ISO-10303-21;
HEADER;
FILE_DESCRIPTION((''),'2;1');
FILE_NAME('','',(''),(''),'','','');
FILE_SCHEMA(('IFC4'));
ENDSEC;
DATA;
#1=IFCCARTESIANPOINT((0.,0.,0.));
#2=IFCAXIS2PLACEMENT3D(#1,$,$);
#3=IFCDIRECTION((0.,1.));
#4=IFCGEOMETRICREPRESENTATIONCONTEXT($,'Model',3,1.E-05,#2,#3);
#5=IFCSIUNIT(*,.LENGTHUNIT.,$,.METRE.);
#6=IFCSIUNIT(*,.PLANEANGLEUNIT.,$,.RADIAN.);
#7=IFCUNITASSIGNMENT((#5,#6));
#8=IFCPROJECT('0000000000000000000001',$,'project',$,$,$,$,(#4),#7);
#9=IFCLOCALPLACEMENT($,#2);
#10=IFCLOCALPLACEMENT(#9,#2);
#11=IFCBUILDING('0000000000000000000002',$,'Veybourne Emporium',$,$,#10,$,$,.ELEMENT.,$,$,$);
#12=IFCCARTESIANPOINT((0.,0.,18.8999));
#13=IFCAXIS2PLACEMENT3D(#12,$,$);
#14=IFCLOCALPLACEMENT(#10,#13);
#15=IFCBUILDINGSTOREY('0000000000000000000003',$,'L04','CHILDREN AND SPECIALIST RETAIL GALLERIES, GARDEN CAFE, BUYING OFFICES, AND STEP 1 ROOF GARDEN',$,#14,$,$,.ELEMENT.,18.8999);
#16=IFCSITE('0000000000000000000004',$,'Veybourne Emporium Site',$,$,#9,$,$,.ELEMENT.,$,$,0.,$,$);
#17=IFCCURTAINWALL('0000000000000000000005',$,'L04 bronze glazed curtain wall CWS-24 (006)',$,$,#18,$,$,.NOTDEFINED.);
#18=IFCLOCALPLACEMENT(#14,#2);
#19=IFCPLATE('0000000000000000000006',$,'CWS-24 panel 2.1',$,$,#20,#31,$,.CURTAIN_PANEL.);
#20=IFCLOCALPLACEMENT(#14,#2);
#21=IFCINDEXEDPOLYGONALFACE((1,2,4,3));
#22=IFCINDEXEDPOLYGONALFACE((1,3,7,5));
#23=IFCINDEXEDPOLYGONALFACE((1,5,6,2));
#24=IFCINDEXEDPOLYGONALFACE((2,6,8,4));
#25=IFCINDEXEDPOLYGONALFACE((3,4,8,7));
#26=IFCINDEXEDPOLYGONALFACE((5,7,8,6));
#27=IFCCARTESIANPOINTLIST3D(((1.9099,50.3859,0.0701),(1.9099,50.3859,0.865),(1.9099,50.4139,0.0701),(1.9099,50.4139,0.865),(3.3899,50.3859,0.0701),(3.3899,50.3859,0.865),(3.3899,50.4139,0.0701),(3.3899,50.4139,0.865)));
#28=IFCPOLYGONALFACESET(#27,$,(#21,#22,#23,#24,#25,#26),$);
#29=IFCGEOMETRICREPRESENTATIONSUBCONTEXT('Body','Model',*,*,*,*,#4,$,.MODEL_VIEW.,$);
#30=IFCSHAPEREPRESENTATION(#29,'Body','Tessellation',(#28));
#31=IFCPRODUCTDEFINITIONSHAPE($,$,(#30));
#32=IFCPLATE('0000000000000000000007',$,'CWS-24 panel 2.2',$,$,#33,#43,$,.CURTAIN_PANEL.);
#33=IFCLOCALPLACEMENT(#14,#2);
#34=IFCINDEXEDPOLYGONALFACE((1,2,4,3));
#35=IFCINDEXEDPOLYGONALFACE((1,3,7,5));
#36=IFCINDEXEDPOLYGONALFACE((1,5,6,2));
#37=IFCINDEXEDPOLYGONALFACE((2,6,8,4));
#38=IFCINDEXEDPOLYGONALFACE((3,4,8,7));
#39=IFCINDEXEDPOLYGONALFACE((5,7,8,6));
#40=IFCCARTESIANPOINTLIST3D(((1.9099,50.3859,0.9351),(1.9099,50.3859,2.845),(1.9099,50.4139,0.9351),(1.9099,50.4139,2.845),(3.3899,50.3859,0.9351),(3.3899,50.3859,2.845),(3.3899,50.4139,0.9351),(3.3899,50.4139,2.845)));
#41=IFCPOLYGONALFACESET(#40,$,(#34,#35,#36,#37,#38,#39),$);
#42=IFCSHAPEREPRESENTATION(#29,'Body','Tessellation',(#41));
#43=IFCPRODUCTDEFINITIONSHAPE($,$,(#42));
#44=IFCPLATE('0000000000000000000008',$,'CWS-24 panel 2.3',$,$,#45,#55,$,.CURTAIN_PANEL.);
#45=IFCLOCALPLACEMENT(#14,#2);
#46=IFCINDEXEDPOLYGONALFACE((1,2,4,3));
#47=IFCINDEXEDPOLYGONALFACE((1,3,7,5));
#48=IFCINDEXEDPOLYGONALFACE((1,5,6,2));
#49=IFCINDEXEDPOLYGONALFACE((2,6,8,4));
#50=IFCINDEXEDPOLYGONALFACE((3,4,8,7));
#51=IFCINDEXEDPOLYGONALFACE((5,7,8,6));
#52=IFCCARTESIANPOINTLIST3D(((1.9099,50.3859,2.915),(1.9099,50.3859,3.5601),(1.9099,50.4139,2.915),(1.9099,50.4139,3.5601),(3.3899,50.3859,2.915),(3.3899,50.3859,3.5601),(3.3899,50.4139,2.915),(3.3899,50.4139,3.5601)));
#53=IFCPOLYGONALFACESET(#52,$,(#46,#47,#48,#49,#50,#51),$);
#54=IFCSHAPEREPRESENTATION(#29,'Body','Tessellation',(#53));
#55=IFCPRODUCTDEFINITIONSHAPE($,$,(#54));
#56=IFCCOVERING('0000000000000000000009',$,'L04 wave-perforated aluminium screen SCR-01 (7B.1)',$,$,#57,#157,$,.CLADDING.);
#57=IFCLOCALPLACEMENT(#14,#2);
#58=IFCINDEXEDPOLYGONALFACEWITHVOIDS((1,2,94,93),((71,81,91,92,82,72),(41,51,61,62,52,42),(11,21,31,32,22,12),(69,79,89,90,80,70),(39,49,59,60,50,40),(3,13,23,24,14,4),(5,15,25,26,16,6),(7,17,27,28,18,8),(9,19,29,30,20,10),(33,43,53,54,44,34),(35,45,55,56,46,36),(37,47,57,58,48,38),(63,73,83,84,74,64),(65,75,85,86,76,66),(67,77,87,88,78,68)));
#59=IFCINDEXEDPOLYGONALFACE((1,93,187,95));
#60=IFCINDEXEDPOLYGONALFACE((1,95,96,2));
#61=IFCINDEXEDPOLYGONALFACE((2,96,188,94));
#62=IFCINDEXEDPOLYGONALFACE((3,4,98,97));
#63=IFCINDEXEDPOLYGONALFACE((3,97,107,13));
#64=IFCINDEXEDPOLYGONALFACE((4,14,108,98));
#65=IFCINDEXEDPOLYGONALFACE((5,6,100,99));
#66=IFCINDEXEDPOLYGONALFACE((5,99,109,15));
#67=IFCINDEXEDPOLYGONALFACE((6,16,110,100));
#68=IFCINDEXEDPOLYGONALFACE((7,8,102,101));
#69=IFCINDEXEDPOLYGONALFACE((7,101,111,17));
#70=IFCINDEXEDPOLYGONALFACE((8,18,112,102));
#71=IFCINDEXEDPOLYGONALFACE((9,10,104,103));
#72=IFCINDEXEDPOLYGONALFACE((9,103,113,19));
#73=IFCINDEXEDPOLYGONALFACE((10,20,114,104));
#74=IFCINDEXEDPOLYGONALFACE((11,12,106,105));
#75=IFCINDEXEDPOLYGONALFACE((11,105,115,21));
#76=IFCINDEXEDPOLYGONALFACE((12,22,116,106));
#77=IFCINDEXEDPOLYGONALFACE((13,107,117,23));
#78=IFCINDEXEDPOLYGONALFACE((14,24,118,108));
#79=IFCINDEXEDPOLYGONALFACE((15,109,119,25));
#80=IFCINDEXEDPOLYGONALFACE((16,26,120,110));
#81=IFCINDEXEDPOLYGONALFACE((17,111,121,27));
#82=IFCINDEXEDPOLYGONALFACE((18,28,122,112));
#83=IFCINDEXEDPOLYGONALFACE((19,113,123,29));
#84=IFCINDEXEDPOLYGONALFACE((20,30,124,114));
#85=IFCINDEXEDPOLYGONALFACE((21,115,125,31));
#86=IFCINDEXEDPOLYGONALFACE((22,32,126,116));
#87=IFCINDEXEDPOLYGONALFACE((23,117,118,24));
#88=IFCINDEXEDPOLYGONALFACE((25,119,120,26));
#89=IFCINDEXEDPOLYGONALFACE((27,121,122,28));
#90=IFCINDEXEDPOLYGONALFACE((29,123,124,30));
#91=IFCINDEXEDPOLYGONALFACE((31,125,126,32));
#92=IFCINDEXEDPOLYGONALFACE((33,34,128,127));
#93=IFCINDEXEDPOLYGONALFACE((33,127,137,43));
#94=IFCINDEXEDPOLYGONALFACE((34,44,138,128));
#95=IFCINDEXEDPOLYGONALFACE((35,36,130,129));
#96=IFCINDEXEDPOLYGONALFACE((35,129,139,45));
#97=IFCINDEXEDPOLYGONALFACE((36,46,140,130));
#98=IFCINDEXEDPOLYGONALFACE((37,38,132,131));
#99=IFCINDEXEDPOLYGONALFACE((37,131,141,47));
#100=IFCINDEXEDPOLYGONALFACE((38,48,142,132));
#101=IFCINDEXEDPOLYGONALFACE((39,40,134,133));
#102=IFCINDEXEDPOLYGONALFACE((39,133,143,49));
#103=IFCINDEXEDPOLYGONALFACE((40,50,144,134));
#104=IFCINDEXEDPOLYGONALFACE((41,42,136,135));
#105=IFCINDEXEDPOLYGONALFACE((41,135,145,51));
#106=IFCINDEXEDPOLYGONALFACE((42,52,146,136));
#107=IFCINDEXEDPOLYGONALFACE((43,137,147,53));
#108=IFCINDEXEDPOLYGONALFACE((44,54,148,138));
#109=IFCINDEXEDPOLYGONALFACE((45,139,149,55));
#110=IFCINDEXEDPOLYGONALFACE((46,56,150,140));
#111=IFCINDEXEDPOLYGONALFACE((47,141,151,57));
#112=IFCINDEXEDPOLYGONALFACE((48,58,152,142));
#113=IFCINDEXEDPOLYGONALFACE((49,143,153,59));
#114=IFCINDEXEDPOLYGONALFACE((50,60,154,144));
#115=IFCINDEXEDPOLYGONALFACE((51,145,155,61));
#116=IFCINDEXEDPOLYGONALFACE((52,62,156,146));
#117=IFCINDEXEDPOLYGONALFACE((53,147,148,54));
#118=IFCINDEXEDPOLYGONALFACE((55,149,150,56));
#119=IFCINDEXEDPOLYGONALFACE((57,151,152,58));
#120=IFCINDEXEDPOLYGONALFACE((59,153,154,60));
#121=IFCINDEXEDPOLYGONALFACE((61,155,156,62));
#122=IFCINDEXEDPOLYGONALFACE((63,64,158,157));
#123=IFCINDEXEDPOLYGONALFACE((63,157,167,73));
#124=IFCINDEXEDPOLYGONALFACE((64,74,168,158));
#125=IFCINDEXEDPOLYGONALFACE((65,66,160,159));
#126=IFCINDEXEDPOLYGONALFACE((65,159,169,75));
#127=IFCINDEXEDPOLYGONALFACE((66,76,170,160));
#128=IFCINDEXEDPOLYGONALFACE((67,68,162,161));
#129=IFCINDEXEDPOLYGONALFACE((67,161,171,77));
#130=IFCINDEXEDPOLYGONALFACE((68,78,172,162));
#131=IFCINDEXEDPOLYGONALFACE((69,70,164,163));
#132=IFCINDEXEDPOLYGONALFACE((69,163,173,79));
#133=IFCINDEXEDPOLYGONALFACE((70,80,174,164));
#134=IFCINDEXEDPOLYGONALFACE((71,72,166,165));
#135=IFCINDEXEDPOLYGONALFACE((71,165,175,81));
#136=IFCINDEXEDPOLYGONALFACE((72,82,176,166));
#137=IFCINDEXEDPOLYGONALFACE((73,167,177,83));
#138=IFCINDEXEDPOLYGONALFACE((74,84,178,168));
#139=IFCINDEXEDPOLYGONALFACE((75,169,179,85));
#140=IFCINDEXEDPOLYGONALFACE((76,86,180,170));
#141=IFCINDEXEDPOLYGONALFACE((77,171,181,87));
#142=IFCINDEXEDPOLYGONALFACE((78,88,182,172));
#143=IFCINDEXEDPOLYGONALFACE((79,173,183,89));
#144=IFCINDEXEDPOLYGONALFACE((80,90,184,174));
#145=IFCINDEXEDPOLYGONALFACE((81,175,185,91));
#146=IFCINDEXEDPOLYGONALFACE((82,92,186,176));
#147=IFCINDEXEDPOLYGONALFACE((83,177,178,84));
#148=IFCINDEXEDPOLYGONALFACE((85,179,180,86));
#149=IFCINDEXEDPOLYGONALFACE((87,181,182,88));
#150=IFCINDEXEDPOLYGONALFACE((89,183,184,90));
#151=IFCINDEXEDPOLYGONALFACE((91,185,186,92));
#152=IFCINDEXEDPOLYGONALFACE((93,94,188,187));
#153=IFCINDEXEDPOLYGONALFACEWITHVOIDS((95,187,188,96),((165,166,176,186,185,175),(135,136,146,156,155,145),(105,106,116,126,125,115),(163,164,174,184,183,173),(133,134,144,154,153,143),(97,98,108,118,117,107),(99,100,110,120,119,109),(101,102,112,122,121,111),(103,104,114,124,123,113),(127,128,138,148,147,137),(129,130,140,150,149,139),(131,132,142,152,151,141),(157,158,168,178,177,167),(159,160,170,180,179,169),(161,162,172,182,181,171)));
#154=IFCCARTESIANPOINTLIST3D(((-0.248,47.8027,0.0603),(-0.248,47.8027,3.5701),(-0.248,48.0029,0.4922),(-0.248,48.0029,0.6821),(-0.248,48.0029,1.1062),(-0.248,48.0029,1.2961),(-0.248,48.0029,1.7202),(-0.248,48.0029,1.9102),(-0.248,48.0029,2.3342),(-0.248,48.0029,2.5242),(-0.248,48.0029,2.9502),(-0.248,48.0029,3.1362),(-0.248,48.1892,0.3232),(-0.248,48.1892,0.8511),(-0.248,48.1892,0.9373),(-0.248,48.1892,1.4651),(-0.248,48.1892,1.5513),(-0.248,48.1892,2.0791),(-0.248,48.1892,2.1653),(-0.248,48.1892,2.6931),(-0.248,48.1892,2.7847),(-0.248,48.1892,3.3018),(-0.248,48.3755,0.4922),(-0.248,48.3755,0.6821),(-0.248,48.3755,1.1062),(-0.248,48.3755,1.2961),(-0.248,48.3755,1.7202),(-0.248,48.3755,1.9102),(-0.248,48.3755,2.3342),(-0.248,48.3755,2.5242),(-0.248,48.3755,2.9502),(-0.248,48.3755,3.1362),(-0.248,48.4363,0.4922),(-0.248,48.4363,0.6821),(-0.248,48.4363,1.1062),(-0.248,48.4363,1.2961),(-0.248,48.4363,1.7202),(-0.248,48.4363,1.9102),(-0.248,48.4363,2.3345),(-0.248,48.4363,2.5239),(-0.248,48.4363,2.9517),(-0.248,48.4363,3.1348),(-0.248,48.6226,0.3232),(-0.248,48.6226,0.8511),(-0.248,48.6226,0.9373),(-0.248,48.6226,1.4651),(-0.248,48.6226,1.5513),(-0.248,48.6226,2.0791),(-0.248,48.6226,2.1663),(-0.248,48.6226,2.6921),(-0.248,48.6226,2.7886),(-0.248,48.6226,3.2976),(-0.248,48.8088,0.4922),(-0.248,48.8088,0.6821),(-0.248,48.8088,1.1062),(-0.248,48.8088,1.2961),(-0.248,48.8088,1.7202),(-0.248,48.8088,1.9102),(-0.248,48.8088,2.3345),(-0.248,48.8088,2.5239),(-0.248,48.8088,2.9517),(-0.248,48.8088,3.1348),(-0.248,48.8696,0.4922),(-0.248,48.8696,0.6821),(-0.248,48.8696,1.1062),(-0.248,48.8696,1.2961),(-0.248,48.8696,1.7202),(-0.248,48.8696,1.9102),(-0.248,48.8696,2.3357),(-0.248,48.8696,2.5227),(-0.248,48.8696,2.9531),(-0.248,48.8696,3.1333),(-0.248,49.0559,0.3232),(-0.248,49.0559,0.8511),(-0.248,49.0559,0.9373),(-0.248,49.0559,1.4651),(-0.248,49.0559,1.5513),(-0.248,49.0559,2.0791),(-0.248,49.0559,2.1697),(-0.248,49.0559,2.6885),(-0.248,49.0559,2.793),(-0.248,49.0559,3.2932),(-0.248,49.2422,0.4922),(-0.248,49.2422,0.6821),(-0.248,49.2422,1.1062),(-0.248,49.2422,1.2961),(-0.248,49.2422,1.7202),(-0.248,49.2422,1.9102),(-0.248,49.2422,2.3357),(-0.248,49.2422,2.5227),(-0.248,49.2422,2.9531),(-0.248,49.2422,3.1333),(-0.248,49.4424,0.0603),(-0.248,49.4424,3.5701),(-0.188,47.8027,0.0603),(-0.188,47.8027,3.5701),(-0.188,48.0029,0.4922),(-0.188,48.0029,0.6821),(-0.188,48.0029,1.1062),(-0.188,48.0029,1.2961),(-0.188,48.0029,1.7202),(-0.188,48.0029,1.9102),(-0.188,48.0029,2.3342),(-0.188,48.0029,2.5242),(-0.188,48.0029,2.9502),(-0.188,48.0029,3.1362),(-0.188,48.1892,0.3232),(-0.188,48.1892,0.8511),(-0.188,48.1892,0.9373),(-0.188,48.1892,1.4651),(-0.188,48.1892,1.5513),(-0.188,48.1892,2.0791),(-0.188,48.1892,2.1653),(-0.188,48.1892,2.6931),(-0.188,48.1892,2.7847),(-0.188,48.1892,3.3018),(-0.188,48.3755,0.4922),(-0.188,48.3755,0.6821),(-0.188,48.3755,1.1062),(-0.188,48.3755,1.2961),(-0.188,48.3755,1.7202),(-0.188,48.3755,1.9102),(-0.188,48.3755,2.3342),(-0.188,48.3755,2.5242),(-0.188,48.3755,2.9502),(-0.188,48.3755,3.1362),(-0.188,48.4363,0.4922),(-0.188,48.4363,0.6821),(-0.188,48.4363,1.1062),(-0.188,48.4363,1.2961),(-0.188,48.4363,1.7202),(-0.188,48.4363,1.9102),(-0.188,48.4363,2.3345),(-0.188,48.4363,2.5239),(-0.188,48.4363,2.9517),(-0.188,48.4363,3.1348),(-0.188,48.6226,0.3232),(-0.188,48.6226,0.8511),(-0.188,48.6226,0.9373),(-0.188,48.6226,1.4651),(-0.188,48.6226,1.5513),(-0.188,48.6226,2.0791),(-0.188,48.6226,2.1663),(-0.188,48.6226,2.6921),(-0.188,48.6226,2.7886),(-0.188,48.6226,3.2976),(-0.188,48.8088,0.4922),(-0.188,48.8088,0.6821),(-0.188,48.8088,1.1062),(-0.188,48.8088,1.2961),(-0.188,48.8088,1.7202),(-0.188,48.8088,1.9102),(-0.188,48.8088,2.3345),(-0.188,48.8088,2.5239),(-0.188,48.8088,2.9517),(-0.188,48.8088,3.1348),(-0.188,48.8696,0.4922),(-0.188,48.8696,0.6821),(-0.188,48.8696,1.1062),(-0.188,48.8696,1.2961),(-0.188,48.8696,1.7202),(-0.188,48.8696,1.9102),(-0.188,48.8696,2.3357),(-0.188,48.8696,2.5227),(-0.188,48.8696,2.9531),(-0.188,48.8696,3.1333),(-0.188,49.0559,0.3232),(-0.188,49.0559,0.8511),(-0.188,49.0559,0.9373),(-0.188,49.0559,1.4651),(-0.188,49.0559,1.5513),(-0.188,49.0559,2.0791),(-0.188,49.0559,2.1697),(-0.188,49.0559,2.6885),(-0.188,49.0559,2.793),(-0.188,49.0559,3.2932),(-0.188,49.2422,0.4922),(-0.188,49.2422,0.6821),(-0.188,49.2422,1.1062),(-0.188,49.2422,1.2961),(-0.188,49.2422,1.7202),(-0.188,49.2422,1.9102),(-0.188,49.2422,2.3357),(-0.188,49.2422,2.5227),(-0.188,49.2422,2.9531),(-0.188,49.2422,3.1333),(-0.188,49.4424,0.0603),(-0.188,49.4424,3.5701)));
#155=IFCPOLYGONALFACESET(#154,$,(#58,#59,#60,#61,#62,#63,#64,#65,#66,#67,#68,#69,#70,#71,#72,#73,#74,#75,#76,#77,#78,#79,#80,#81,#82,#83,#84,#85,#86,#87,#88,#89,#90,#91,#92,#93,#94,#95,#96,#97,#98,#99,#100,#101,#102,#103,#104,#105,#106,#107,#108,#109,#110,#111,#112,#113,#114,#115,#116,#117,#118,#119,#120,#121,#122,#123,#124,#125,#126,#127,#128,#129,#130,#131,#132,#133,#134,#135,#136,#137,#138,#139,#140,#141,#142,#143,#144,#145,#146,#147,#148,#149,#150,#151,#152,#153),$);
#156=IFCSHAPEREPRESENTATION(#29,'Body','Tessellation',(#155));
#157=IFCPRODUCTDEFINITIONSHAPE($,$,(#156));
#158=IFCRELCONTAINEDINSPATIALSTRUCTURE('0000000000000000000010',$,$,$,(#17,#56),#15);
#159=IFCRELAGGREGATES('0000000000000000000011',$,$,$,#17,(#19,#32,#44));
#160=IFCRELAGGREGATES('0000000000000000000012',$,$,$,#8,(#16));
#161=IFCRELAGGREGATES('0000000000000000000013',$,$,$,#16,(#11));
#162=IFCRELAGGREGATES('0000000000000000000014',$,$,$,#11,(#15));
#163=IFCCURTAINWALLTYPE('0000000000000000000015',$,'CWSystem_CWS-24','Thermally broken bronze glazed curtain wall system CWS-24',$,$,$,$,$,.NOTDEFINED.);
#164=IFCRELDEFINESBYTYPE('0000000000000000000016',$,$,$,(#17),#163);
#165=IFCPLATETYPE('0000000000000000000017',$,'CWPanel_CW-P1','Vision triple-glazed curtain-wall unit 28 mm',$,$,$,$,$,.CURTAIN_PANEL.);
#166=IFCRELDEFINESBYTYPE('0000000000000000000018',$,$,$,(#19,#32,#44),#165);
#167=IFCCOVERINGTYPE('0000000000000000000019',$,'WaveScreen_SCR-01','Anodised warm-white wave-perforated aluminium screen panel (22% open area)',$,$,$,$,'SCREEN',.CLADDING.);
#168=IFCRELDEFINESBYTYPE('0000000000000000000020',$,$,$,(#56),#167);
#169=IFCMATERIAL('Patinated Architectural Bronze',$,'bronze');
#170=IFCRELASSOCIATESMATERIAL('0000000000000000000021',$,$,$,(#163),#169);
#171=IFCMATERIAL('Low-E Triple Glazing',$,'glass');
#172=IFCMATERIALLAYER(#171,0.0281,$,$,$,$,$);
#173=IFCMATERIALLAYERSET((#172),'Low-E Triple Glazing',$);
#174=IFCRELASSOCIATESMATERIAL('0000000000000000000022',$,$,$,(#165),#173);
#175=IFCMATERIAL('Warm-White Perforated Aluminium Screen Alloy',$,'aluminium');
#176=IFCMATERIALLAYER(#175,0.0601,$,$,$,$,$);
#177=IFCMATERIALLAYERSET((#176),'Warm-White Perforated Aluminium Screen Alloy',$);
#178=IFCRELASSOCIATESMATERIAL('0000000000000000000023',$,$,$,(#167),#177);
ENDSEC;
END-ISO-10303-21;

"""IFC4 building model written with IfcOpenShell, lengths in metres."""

from ifc_helpers import new_model, si_unit, direction, frame, origin, origin_2d, place, context, subcontext, project, spatial, polyline, rectangle, outline, extrude, material, layer, layer_set, type_object, element, aggregate, save


model = new_model("IFC4")

# Units and contexts
model_context = context("Model", 3, precision=1e-05, world=origin(), true_north=direction((0.0, 1.0)))
body_context = subcontext(model_context, "Body", "Model", "MODEL_VIEW")
ifc_project = project(units=[si_unit("LENGTHUNIT", "METRE"), si_unit("PLANEANGLEUNIT", "RADIAN")], contexts=[model_context])

# Site, building, storey
site_placement = place(None, origin())
site = spatial("IfcSite", under=ifc_project, at=site_placement, Name="Veybourne Emporium Site", CompositionType="ELEMENT", RefElevation=0.0)
building_placement = place(site_placement, origin())
building = spatial("IfcBuilding", under=site, at=building_placement, Name="Veybourne Emporium", CompositionType="ELEMENT")
storey_placement = place(building_placement, frame((0.0, 0.0, 18.8999)))
storey = spatial("IfcBuildingStorey", under=building, at=storey_placement, Name="L04", Description="CHILDREN AND SPECIALIST RETAIL GALLERIES, GARDEN CAFE, BUYING OFFICES, AND STEP 1 ROOF GARDEN", CompositionType="ELEMENT", Elevation=18.8999)

# Curtain wall
ifc_material_1 = material(Name="Patinated Architectural Bronze", Category="bronze")
curtain_wall_type = type_object("IfcCurtainWallType", Name="CWSystem_CWS-24", Description="Thermally broken bronze glazed curtain wall system CWS-24", PredefinedType="NOTDEFINED", material=ifc_material_1)
curtain_wall_placement = place(storey_placement, origin())
curtain_wall = element("IfcCurtainWall", 1, at=curtain_wall_placement, inside=storey, type_object=curtain_wall_type, Name="L04 bronze glazed curtain wall CWS-24 (006)", PredefinedType="NOTDEFINED")

# Plates
ifc_material_2 = material(Name="Low-E Triple Glazing", Category="glass")
ifc_layer_1 = layer(ifc_material_2, 0.0281)
ifc_layer_set_1 = layer_set([ifc_layer_1], Name="Low-E Triple Glazing")
plate_type = type_object("IfcPlateType", Name="CWPanel_CW-P1", Description="Vision triple-glazed curtain-wall unit 28 mm", PredefinedType="CURTAIN_PANEL", material=ifc_layer_set_1)
plate_1_placement = place(storey_placement, frame((2.6499, 50.3999, 0.0701), z_axis=(0.0, 0.0, 1.0), x_axis=(1.0, 0.0, 0.0)))
plate_1 = element("IfcPlate", 2, at=plate_1_placement, type_object=plate_type, Name="CWS-24 panel 2.1", PredefinedType="CURTAIN_PANEL", context=body_context, shape_type="SweptSolid", body=[
    extrude(rectangle(XDim=1.48, YDim=0.0281, at=origin_2d()), origin(), (0.0, 0.0, 1.0), 0.7949),
])
plate_2_placement = place(storey_placement, frame((2.6499, 50.3999, 0.9351), z_axis=(0.0, 0.0, 1.0), x_axis=(1.0, 0.0, 0.0)))
plate_2 = element("IfcPlate", 3, at=plate_2_placement, type_object=plate_type, Name="CWS-24 panel 2.2", PredefinedType="CURTAIN_PANEL", context=body_context, shape_type="SweptSolid", body=[
    extrude(rectangle(XDim=1.48, YDim=0.0281, at=origin_2d()), origin(), (0.0, 0.0, 1.0), 1.9099),
])
plate_3_placement = place(storey_placement, frame((2.6499, 50.3999, 2.915), z_axis=(0.0, 0.0, 1.0), x_axis=(1.0, 0.0, 0.0)))
plate_3 = element("IfcPlate", 4, at=plate_3_placement, type_object=plate_type, Name="CWS-24 panel 2.3", PredefinedType="CURTAIN_PANEL", context=body_context, shape_type="SweptSolid", body=[
    extrude(rectangle(XDim=1.48, YDim=0.0281, at=origin_2d()), origin(), (0.0, 0.0, 1.0), 0.645),
])
aggregate(curtain_wall, [plate_1, plate_2, plate_3])

# Covering
ifc_material_3 = material(Name="Warm-White Perforated Aluminium Screen Alloy", Category="aluminium")
ifc_layer_2 = layer(ifc_material_3, 0.0601)
ifc_layer_set_2 = layer_set([ifc_layer_2], Name="Warm-White Perforated Aluminium Screen Alloy")
covering_type = type_object("IfcCoveringType", Name="WaveScreen_SCR-01", Description="Anodised warm-white wave-perforated aluminium screen panel (22% open area)", ElementType="SCREEN", PredefinedType="CLADDING", material=ifc_layer_set_2)
covering_placement = place(storey_placement, frame((-0.248, 48.6226, 1.8152), z_axis=(1.0, 0.0, 0.0), x_axis=(0.0, 1.0, 0.0)))
element("IfcCovering", 5, at=covering_placement, inside=storey, type_object=covering_type, Name="L04 wave-perforated aluminium screen SCR-01 (7B.1)", PredefinedType="CLADDING", context=body_context, shape_type="SweptSolid", body=[
    extrude(outline(polyline([(-0.8198, -1.7549), (0.8198, -1.7549), (0.8198, 1.7549), (-0.8198, 1.7549), (-0.8198, -1.7549)]), holes=[polyline([(-0.4333, -0.9641), (-0.2471, -1.1331), (-0.2471, -1.323), (-0.4333, -1.4919), (-0.6196, -1.323), (-0.6196, -1.1331), (-0.4333, -0.9641)]), polyline([(-0.4333, -0.3501), (-0.2471, -0.519), (-0.2471, -0.709), (-0.4333, -0.8779), (-0.6196, -0.709), (-0.6196, -0.519), (-0.4333, -0.3501)]), polyline([(-0.4333, 0.2639), (-0.2471, 0.095), (-0.2471, -0.095), (-0.4333, -0.2639), (-0.6196, -0.095), (-0.6196, 0.095), (-0.4333, 0.2639)]), polyline([(-0.4333, 0.8779), (-0.2471, 0.709), (-0.2471, 0.519), (-0.4333, 0.3501), (-0.6196, 0.519), (-0.6196, 0.709), (-0.4333, 0.8779)]), polyline([(-0.4333, 1.4866), (-0.2471, 1.321), (-0.2471, 1.135), (-0.4333, 0.9695), (-0.6196, 1.135), (-0.6196, 1.321), (-0.4333, 1.4866)]), polyline([(0.0, -0.9641), (0.1863, -1.1331), (0.1863, -1.323), (0.0, -1.4919), (-0.1863, -1.323), (-0.1863, -1.1331), (0.0, -0.9641)]), polyline([(0.0, -0.3501), (0.1863, -0.519), (0.1863, -0.709), (0.0, -0.8779), (-0.1863, -0.709), (-0.1863, -0.519), (0.0, -0.3501)]), polyline([(0.0, 0.2639), (0.1863, 0.095), (0.1863, -0.095), (0.0, -0.2639), (-0.1863, -0.095), (-0.1863, 0.095), (0.0, 0.2639)]), polyline([(0.0, 0.877), (0.1863, 0.7087), (0.1863, 0.5193), (0.0, 0.3511), (-0.1863, 0.5193), (-0.1863, 0.7087), (0.0, 0.877)]), polyline([(0.0, 1.4824), (0.1863, 1.3196), (0.1863, 1.1365), (0.0, 0.9734), (-0.1863, 1.1365), (-0.1863, 1.3196), (0.0, 1.4824)]), polyline([(0.4333, -0.9641), (0.6196, -1.1331), (0.6196, -1.323), (0.4333, -1.4919), (0.2471, -1.323), (0.2471, -1.1331), (0.4333, -0.9641)]), polyline([(0.4333, -0.3501), (0.6196, -0.519), (0.6196, -0.709), (0.4333, -0.8779), (0.2471, -0.709), (0.2471, -0.519), (0.4333, -0.3501)]), polyline([(0.4333, 0.2639), (0.6196, 0.095), (0.6196, -0.095), (0.4333, -0.2639), (0.2471, -0.095), (0.2471, 0.095), (0.4333, 0.2639)]), polyline([(0.4333, 0.8733), (0.6196, 0.7075), (0.6196, 0.5205), (0.4333, 0.3545), (0.2471, 0.5205), (0.2471, 0.7075), (0.4333, 0.8733)]), polyline([(0.4333, 1.478), (0.6196, 1.3181), (0.6196, 1.1379), (0.4333, 0.9778), (0.2471, 1.1379), (0.2471, 1.3181), (0.4333, 1.478)])]), origin(), (0.0, 0.0, 1.0), 0.0601),
])

save(model, "model.ifc")
